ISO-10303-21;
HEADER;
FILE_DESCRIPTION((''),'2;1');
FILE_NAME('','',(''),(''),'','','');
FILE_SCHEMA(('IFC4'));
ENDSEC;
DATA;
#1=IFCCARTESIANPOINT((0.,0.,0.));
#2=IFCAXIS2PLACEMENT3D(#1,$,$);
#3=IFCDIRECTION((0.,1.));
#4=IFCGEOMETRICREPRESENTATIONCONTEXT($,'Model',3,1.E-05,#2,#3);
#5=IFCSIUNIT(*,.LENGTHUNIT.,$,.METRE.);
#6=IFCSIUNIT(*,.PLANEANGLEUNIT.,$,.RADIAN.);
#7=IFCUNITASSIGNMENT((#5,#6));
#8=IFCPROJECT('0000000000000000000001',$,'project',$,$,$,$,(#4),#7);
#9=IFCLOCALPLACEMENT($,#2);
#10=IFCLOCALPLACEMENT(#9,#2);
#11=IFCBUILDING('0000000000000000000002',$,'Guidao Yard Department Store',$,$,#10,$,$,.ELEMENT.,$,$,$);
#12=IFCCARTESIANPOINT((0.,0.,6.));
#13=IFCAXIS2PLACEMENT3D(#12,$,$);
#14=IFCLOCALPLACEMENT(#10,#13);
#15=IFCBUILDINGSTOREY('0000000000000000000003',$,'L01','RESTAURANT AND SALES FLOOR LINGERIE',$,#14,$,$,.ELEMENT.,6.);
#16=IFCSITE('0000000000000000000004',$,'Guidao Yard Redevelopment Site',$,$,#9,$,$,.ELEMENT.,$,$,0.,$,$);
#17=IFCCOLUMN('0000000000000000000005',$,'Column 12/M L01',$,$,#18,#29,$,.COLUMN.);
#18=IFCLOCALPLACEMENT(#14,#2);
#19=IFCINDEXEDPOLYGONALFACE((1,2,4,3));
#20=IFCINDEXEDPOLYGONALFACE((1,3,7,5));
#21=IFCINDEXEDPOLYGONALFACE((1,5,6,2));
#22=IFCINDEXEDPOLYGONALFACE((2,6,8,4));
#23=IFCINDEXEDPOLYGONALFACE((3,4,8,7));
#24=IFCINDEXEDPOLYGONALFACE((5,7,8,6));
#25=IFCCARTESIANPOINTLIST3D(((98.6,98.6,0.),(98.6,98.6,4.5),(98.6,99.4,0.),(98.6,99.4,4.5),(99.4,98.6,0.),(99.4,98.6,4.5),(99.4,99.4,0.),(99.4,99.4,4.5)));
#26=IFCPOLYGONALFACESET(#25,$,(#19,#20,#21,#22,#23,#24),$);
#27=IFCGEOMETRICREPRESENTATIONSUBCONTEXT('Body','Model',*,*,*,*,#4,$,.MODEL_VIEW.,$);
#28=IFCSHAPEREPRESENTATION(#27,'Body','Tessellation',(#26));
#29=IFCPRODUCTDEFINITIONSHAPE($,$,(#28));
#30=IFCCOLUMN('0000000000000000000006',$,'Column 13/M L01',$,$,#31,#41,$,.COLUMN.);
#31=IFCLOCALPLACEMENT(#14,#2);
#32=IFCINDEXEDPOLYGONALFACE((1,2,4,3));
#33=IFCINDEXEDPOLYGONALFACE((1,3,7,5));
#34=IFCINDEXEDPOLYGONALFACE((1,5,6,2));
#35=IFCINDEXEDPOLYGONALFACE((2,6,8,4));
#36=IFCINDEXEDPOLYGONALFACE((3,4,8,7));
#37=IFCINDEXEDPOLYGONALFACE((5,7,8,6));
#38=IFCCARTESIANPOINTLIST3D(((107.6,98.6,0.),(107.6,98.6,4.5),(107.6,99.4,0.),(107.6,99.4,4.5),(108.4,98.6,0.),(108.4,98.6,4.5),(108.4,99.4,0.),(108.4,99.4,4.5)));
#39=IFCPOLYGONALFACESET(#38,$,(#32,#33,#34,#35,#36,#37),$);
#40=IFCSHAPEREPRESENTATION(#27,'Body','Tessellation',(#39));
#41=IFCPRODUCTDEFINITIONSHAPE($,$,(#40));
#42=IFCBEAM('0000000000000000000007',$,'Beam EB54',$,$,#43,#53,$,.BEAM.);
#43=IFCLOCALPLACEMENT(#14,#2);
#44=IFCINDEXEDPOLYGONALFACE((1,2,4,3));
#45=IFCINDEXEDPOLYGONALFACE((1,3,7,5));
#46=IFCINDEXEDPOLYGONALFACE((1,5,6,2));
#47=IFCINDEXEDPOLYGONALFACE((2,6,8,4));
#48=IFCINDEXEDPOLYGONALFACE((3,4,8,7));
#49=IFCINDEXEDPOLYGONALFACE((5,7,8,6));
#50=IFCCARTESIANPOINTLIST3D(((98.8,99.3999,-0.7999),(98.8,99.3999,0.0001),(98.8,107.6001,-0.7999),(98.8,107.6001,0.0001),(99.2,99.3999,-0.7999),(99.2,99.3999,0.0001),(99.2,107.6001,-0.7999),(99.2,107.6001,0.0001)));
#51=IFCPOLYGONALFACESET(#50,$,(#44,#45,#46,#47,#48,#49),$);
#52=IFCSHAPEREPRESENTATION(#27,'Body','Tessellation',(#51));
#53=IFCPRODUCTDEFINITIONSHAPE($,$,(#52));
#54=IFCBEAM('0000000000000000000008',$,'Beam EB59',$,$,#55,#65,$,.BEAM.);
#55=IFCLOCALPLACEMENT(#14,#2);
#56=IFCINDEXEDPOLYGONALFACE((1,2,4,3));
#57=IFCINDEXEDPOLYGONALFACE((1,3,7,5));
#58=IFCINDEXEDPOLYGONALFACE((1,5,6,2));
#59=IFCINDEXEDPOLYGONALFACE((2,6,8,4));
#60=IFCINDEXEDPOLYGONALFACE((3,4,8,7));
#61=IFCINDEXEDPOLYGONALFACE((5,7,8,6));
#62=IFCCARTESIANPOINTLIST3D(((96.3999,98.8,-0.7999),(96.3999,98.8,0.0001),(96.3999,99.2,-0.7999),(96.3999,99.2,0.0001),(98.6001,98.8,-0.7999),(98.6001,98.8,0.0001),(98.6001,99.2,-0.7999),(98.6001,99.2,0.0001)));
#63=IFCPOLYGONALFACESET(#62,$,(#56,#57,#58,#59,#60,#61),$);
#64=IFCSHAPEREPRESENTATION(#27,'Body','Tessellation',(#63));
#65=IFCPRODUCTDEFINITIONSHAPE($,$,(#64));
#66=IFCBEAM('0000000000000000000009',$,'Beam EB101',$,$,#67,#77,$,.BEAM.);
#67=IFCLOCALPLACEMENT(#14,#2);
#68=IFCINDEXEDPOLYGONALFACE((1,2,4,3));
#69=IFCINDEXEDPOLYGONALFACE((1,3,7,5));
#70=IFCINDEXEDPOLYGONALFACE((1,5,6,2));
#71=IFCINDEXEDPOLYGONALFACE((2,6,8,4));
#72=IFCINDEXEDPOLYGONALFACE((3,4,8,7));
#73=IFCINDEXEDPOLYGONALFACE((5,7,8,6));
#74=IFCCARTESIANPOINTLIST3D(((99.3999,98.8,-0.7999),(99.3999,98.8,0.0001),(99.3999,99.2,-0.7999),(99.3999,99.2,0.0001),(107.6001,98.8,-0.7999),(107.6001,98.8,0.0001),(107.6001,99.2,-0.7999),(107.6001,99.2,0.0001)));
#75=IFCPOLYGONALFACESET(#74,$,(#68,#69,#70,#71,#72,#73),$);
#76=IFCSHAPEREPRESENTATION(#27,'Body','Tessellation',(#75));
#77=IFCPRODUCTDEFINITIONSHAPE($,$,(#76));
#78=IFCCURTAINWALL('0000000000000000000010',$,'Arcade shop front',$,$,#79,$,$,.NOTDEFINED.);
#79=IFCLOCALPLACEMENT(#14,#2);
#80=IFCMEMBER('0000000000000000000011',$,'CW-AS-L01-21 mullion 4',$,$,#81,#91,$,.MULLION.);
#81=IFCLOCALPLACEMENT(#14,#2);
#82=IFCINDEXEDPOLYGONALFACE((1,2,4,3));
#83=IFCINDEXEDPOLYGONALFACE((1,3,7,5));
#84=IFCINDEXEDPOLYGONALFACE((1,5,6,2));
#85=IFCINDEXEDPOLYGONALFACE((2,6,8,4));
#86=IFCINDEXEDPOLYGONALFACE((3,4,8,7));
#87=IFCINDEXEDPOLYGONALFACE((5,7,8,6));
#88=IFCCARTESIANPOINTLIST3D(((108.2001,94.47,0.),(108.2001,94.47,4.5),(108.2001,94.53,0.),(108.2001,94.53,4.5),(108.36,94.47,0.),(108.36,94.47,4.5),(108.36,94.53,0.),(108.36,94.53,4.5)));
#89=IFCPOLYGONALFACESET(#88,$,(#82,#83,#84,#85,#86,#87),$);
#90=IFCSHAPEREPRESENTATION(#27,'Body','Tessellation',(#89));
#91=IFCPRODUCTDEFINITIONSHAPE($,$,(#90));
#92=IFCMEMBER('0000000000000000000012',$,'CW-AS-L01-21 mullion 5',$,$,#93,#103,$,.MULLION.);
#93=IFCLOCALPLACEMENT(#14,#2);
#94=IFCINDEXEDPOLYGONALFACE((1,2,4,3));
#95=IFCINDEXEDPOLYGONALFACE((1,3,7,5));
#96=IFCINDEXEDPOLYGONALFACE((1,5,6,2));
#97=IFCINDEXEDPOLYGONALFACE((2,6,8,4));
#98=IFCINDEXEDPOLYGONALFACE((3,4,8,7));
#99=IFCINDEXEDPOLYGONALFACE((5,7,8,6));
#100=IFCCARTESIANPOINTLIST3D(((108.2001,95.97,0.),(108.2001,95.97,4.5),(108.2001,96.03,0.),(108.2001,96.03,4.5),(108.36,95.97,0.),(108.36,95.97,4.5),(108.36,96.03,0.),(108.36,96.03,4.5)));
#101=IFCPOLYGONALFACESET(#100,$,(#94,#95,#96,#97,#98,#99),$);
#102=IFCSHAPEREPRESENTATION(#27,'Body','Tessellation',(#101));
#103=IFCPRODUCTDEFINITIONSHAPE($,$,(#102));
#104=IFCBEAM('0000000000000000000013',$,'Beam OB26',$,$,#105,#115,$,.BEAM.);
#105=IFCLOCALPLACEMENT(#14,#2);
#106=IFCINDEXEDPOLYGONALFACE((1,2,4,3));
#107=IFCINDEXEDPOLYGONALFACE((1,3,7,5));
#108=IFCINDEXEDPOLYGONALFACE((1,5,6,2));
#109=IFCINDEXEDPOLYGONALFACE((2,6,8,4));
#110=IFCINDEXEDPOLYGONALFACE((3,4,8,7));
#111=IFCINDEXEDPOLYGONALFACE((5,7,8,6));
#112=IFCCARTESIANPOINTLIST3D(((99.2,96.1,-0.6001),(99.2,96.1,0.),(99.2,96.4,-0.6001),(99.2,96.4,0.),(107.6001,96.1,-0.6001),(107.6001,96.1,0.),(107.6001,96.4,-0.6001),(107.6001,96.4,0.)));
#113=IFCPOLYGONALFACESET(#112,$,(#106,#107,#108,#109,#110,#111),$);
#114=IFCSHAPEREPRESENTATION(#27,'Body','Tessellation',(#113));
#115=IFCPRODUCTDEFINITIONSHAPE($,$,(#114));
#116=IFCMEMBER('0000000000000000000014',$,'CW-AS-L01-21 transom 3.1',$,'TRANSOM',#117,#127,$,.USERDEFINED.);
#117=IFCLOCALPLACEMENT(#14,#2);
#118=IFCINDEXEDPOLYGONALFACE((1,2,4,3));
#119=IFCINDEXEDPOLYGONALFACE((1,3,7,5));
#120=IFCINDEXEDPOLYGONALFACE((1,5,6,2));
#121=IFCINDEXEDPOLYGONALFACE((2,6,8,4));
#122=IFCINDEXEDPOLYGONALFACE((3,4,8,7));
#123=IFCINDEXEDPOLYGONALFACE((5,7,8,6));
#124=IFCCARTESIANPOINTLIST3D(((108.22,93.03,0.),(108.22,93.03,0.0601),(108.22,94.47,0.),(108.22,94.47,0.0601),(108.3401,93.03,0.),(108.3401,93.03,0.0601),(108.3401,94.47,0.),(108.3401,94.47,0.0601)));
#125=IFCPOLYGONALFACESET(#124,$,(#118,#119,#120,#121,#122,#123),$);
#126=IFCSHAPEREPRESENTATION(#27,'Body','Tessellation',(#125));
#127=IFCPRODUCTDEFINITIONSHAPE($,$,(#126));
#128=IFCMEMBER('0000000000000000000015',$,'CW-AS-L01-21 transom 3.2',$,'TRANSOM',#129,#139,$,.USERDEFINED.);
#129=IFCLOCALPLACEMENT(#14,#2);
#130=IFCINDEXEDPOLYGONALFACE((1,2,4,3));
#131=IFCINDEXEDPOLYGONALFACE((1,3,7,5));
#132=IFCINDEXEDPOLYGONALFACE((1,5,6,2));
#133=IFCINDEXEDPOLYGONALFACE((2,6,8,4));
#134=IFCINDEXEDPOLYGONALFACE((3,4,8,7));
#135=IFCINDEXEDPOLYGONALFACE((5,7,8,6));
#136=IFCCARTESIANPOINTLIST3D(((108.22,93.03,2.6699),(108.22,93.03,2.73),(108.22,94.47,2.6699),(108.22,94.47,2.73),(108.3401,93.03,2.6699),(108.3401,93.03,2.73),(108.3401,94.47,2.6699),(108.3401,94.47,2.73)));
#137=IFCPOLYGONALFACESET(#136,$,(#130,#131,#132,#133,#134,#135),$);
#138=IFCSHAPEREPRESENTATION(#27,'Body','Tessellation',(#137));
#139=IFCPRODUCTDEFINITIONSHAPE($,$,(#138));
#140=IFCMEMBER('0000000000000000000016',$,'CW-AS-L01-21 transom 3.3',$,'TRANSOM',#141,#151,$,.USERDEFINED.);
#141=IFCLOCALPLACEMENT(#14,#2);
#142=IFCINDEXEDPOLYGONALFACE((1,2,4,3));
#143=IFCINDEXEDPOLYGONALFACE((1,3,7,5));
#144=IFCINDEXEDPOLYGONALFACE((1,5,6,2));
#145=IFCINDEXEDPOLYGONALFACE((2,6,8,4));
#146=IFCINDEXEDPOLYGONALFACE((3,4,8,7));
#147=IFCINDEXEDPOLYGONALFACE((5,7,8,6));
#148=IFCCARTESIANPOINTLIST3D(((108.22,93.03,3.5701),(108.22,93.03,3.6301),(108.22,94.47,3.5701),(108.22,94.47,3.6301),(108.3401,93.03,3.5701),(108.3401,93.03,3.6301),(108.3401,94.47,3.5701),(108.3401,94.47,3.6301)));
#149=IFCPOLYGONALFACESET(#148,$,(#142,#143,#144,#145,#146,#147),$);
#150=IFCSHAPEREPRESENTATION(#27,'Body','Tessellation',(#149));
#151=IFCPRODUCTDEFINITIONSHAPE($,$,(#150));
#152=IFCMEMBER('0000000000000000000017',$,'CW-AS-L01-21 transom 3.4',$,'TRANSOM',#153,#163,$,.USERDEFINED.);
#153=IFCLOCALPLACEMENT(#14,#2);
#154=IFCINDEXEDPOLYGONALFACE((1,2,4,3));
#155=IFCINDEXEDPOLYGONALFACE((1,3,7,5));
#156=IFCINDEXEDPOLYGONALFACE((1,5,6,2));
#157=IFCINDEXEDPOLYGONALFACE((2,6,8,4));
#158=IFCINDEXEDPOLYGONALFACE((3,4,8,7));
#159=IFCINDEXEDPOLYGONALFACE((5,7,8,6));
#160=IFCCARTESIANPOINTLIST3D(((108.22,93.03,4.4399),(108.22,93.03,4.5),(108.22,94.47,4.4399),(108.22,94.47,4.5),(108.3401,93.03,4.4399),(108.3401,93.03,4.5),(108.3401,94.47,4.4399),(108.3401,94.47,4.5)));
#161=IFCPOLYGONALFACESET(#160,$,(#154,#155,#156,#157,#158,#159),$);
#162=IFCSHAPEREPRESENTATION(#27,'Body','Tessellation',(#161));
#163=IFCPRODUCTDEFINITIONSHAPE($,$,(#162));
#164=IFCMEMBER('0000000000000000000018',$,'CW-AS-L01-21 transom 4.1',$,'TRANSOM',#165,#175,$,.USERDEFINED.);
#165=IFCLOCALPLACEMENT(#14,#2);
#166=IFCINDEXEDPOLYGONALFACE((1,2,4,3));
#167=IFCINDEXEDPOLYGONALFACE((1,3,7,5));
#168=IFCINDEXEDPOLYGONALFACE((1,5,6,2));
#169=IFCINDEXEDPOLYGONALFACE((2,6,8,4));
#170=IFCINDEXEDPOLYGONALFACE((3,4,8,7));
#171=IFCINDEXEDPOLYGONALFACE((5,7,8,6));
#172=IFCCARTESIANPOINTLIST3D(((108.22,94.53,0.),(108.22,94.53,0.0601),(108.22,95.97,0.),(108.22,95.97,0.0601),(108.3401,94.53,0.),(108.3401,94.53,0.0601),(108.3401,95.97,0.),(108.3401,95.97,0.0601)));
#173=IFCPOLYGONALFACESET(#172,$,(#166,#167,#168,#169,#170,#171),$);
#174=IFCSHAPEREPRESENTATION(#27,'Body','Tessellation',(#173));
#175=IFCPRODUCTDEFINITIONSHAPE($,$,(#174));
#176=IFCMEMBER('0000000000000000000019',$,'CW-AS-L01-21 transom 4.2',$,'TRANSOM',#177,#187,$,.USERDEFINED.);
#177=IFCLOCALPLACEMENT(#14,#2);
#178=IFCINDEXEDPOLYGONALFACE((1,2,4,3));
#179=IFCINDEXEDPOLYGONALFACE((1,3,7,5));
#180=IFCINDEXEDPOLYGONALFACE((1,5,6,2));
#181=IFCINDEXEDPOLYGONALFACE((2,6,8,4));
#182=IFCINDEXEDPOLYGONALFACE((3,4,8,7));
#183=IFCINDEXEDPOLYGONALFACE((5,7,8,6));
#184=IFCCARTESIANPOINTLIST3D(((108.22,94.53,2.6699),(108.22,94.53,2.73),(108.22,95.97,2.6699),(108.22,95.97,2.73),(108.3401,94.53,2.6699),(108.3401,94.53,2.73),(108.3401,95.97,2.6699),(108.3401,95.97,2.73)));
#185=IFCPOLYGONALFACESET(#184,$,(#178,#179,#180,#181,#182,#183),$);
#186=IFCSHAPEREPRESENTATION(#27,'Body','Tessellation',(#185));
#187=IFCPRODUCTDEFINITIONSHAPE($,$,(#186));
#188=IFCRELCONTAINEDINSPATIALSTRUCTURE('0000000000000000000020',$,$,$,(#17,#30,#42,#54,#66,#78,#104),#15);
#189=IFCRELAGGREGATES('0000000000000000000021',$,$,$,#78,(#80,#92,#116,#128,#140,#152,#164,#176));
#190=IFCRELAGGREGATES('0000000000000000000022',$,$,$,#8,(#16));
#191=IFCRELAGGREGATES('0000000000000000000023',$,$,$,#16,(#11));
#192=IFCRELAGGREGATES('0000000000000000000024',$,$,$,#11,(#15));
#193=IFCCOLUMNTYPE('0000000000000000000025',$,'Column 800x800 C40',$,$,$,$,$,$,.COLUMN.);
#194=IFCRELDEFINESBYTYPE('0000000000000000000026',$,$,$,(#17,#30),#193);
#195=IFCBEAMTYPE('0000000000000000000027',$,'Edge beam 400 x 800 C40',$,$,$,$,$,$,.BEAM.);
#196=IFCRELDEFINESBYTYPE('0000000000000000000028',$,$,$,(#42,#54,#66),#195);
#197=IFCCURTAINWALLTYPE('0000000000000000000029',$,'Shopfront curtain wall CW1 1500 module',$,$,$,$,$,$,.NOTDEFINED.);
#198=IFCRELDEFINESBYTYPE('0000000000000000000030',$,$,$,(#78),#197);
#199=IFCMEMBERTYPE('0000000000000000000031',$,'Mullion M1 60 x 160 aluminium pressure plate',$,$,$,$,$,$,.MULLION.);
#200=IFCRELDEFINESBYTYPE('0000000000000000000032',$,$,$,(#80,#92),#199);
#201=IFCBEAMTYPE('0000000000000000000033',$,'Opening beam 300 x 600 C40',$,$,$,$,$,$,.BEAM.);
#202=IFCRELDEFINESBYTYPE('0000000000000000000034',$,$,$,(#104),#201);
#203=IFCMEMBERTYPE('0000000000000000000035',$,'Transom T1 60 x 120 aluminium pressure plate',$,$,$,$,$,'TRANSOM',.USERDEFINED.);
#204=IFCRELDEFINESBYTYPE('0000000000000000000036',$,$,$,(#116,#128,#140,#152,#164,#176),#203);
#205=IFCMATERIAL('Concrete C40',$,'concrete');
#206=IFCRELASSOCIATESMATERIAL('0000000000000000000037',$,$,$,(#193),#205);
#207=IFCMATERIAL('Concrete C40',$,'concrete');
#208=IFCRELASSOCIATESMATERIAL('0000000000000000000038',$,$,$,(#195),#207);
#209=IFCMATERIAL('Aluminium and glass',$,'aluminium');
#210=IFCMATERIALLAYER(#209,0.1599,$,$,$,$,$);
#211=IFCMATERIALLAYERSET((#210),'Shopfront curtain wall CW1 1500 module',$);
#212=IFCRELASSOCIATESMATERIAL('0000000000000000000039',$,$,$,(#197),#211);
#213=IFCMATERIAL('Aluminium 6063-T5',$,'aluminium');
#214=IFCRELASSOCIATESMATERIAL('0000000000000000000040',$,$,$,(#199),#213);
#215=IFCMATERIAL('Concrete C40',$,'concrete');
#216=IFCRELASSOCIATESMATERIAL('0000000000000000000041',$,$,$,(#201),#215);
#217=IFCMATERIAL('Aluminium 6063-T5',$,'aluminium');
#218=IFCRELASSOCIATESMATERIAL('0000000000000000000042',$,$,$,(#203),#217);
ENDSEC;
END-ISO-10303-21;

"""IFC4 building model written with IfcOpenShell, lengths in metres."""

from ifc_helpers import new_model, si_unit, direction, frame, origin, origin_2d, place, context, subcontext, project, spatial, rectangle, extrude, material, layer, layer_set, material_profile, profile_set, type_object, element, aggregate, save


model = new_model("IFC4")

# Units and contexts
model_context = context("Model", 3, precision=1e-05, world=origin(), true_north=direction((0.0, 1.0)))
body_context = subcontext(model_context, "Body", "Model", "MODEL_VIEW")
ifc_project = project(units=[si_unit("LENGTHUNIT", "METRE"), si_unit("PLANEANGLEUNIT", "RADIAN")], contexts=[model_context])

# Site, building, storey
site_placement = place(None, origin())
site = spatial("IfcSite", under=ifc_project, at=site_placement, Name="Guidao Yard Redevelopment Site", CompositionType="ELEMENT", RefElevation=0.0)
building_placement = place(site_placement, origin())
building = spatial("IfcBuilding", under=site, at=building_placement, Name="Guidao Yard Department Store", CompositionType="ELEMENT")
storey_placement = place(building_placement, frame((0.0, 0.0, 6.0)))
storey = spatial("IfcBuildingStorey", under=building, at=storey_placement, Name="L01", Description="RESTAURANT AND SALES FLOOR LINGERIE", CompositionType="ELEMENT", Elevation=6.0)

# Columns
ifc_material_1 = material(Name="Concrete C40", Category="concrete")
ifc_material_profile_1 = material_profile(ifc_material_1, rectangle(XDim=0.8, YDim=0.8, at=origin_2d()), Name="COL 800x800")
ifc_profile_set_1 = profile_set([ifc_material_profile_1], Name="Concrete C40")
column_type = type_object("IfcColumnType", Name="Column 800x800 C40", PredefinedType="COLUMN", material=ifc_profile_set_1)
for number, where, z_axis, x_axis, name in (
    (1, (99.0, 99.0, 0.0), (0.0, 0.0, 1.0), (1.0, 0.0, 0.0), "Column 12/M L01"),
    (2, (108.0, 99.0, 0.0), (0.0, 0.0, 1.0), (1.0, 0.0, 0.0), "Column 13/M L01"),
):
    element("IfcColumn", number, at=place(storey_placement, frame(where, z_axis=z_axis, x_axis=x_axis)), inside=storey, type_object=column_type, Name=name, PredefinedType="COLUMN", context=body_context, shape_type="SweptSolid", body=[
        extrude(rectangle(XDim=0.8, YDim=0.8, at=origin_2d()), origin(), (0.0, 0.0, 1.0), 4.5),
    ])

# Beams
ifc_material_2 = material(Name="Concrete C40", Category="concrete")
ifc_material_profile_2 = material_profile(ifc_material_2, rectangle(XDim=0.3999, YDim=0.8, at=origin_2d()), Name="Edge beam 400 x 800 C40")
ifc_profile_set_2 = profile_set([ifc_material_profile_2], Name="Concrete C40")
beam_type_1 = type_object("IfcBeamType", Name="Edge beam 400 x 800 C40", PredefinedType="BEAM", material=ifc_profile_set_2)
beam_1_placement = place(storey_placement, frame((99.0, 99.3999, -0.3999), z_axis=(0.0, 1.0, 0.0), x_axis=(-1.0, 0.0, 0.0)))
element("IfcBeam", 3, at=beam_1_placement, inside=storey, type_object=beam_type_1, Name="Beam EB54", PredefinedType="BEAM", context=body_context, shape_type="SweptSolid", body=[
    extrude(rectangle(XDim=0.3999, YDim=0.8, at=origin_2d()), origin(), (0.0, 0.0, 1.0), 8.2002),
])
beam_2_placement = place(storey_placement, frame((96.3999, 99.0, -0.3999), z_axis=(1.0, 0.0, 0.0), x_axis=(0.0, 1.0, 0.0)))
element("IfcBeam", 4, at=beam_2_placement, inside=storey, type_object=beam_type_1, Name="Beam EB59", PredefinedType="BEAM", context=body_context, shape_type="SweptSolid", body=[
    extrude(rectangle(XDim=0.3999, YDim=0.8, at=origin_2d()), origin(), (0.0, 0.0, 1.0), 2.2002),
])
beam_3_placement = place(storey_placement, frame((99.3999, 99.0, -0.3999), z_axis=(1.0, 0.0, 0.0), x_axis=(0.0, 1.0, 0.0)))
element("IfcBeam", 5, at=beam_3_placement, inside=storey, type_object=beam_type_1, Name="Beam EB101", PredefinedType="BEAM", context=body_context, shape_type="SweptSolid", body=[
    extrude(rectangle(XDim=0.3999, YDim=0.8, at=origin_2d()), origin(), (0.0, 0.0, 1.0), 8.2002),
])

# Curtain wall, members
ifc_material_3 = material(Name="Aluminium and glass", Category="aluminium")
ifc_layer_1 = layer(ifc_material_3, 0.1599)
ifc_layer_set_1 = layer_set([ifc_layer_1], Name="Shopfront curtain wall CW1 1500 module")
curtain_wall_type = type_object("IfcCurtainWallType", Name="Shopfront curtain wall CW1 1500 module", PredefinedType="NOTDEFINED", material=ifc_layer_set_1)
curtain_wall_placement = place(storey_placement, origin())
curtain_wall = element("IfcCurtainWall", 6, at=curtain_wall_placement, inside=storey, type_object=curtain_wall_type, Name="Arcade shop front", PredefinedType="NOTDEFINED")
ifc_material_4 = material(Name="Aluminium 6063-T5", Category="aluminium")
ifc_material_profile_3 = material_profile(ifc_material_4, rectangle(XDim=0.0601, YDim=0.1599, at=origin_2d()), Name="Mullion M1 60 x 160 aluminium pressure plate")
ifc_profile_set_3 = profile_set([ifc_material_profile_3], Name="Aluminium 6063-T5")
member_type_1 = type_object("IfcMemberType", Name="Mullion M1 60 x 160 aluminium pressure plate", PredefinedType="MULLION", material=ifc_profile_set_3)
member_1_placement = place(storey_placement, frame((108.28, 94.5, 0.0), z_axis=(0.0, 0.0, 1.0), x_axis=(0.0, -1.0, 0.0)))
member_1 = element("IfcMember", 7, at=member_1_placement, type_object=member_type_1, Name="CW-AS-L01-21 mullion 4", PredefinedType="MULLION", context=body_context, shape_type="SweptSolid", body=[
    extrude(rectangle(XDim=0.0601, YDim=0.1599, at=origin_2d()), origin(), (0.0, 0.0, 1.0), 4.5),
])
member_2_placement = place(storey_placement, frame((108.28, 96.0, 0.0), z_axis=(0.0, 0.0, 1.0), x_axis=(0.0, -1.0, 0.0)))
member_2 = element("IfcMember", 8, at=member_2_placement, type_object=member_type_1, Name="CW-AS-L01-21 mullion 5", PredefinedType="MULLION", context=body_context, shape_type="SweptSolid", body=[
    extrude(rectangle(XDim=0.0601, YDim=0.1599, at=origin_2d()), origin(), (0.0, 0.0, 1.0), 4.5),
])

# Beam
ifc_material_5 = material(Name="Concrete C40", Category="concrete")
ifc_material_profile_4 = material_profile(ifc_material_5, rectangle(XDim=0.3, YDim=0.6001, at=origin_2d()), Name="Opening beam 300 x 600 C40")
ifc_profile_set_4 = profile_set([ifc_material_profile_4], Name="Concrete C40")
beam_type_2 = type_object("IfcBeamType", Name="Opening beam 300 x 600 C40", PredefinedType="BEAM", material=ifc_profile_set_4)
beam_4_placement = place(storey_placement, frame((99.2, 96.25, -0.3), z_axis=(1.0, 0.0, 0.0), x_axis=(0.0, 1.0, 0.0)))
element("IfcBeam", 9, at=beam_4_placement, inside=storey, type_object=beam_type_2, Name="Beam OB26", PredefinedType="BEAM", context=body_context, shape_type="SweptSolid", body=[
    extrude(rectangle(XDim=0.3, YDim=0.6001, at=origin_2d()), origin(), (0.0, 0.0, 1.0), 8.4001),
])

# Members
ifc_material_6 = material(Name="Aluminium 6063-T5", Category="aluminium")
ifc_material_profile_5 = material_profile(ifc_material_6, rectangle(XDim=0.1201, YDim=0.0601, at=origin_2d()), Name="Transom T1 60 x 120 aluminium pressure plate")
ifc_profile_set_5 = profile_set([ifc_material_profile_5], Name="Aluminium 6063-T5")
member_type_2 = type_object("IfcMemberType", Name="Transom T1 60 x 120 aluminium pressure plate", ElementType="TRANSOM", PredefinedType="USERDEFINED", material=ifc_profile_set_5)
member_3_placement = place(storey_placement, frame((108.28, 94.47, 0.03), z_axis=(0.0, -1.0, 0.0), x_axis=(1.0, 0.0, 0.0)))
member_3 = element("IfcMember", 10, at=member_3_placement, type_object=member_type_2, Name="CW-AS-L01-21 transom 3.1", ObjectType="TRANSOM", PredefinedType="USERDEFINED", context=body_context, shape_type="SweptSolid", body=[
    extrude(rectangle(XDim=0.1201, YDim=0.0601, at=origin_2d()), origin(), (0.0, 0.0, 1.0), 1.4399),
])
member_4_placement = place(storey_placement, frame((108.28, 94.47, 2.7), z_axis=(0.0, -1.0, 0.0), x_axis=(1.0, 0.0, 0.0)))
member_4 = element("IfcMember", 11, at=member_4_placement, type_object=member_type_2, Name="CW-AS-L01-21 transom 3.2", ObjectType="TRANSOM", PredefinedType="USERDEFINED", context=body_context, shape_type="SweptSolid", body=[
    extrude(rectangle(XDim=0.1201, YDim=0.0601, at=origin_2d()), origin(), (0.0, 0.0, 1.0), 1.4399),
])
member_5_placement = place(storey_placement, frame((108.28, 94.47, 3.6001), z_axis=(0.0, -1.0, 0.0), x_axis=(1.0, 0.0, 0.0)))
member_5 = element("IfcMember", 12, at=member_5_placement, type_object=member_type_2, Name="CW-AS-L01-21 transom 3.3", ObjectType="TRANSOM", PredefinedType="USERDEFINED", context=body_context, shape_type="SweptSolid", body=[
    extrude(rectangle(XDim=0.1201, YDim=0.0601, at=origin_2d()), origin(), (0.0, 0.0, 1.0), 1.4399),
])
member_6_placement = place(storey_placement, frame((108.28, 94.47, 4.47), z_axis=(0.0, -1.0, 0.0), x_axis=(1.0, 0.0, 0.0)))
member_6 = element("IfcMember", 13, at=member_6_placement, type_object=member_type_2, Name="CW-AS-L01-21 transom 3.4", ObjectType="TRANSOM", PredefinedType="USERDEFINED", context=body_context, shape_type="SweptSolid", body=[
    extrude(rectangle(XDim=0.1201, YDim=0.0601, at=origin_2d()), origin(), (0.0, 0.0, 1.0), 1.4399),
])
member_7_placement = place(storey_placement, frame((108.28, 95.97, 0.03), z_axis=(0.0, -1.0, 0.0), x_axis=(1.0, 0.0, 0.0)))
member_7 = element("IfcMember", 14, at=member_7_placement, type_object=member_type_2, Name="CW-AS-L01-21 transom 4.1", ObjectType="TRANSOM", PredefinedType="USERDEFINED", context=body_context, shape_type="SweptSolid", body=[
    extrude(rectangle(XDim=0.1201, YDim=0.0601, at=origin_2d()), origin(), (0.0, 0.0, 1.0), 1.4399),
])
member_8_placement = place(storey_placement, frame((108.28, 95.97, 2.7), z_axis=(0.0, -1.0, 0.0), x_axis=(1.0, 0.0, 0.0)))
member_8 = element("IfcMember", 15, at=member_8_placement, type_object=member_type_2, Name="CW-AS-L01-21 transom 4.2", ObjectType="TRANSOM", PredefinedType="USERDEFINED", context=body_context, shape_type="SweptSolid", body=[
    extrude(rectangle(XDim=0.1201, YDim=0.0601, at=origin_2d()), origin(), (0.0, 0.0, 1.0), 1.4399),
])

aggregate(curtain_wall, [member_1, member_2, member_3, member_4, member_5, member_6, member_7, member_8])

save(model, "model.ifc")
